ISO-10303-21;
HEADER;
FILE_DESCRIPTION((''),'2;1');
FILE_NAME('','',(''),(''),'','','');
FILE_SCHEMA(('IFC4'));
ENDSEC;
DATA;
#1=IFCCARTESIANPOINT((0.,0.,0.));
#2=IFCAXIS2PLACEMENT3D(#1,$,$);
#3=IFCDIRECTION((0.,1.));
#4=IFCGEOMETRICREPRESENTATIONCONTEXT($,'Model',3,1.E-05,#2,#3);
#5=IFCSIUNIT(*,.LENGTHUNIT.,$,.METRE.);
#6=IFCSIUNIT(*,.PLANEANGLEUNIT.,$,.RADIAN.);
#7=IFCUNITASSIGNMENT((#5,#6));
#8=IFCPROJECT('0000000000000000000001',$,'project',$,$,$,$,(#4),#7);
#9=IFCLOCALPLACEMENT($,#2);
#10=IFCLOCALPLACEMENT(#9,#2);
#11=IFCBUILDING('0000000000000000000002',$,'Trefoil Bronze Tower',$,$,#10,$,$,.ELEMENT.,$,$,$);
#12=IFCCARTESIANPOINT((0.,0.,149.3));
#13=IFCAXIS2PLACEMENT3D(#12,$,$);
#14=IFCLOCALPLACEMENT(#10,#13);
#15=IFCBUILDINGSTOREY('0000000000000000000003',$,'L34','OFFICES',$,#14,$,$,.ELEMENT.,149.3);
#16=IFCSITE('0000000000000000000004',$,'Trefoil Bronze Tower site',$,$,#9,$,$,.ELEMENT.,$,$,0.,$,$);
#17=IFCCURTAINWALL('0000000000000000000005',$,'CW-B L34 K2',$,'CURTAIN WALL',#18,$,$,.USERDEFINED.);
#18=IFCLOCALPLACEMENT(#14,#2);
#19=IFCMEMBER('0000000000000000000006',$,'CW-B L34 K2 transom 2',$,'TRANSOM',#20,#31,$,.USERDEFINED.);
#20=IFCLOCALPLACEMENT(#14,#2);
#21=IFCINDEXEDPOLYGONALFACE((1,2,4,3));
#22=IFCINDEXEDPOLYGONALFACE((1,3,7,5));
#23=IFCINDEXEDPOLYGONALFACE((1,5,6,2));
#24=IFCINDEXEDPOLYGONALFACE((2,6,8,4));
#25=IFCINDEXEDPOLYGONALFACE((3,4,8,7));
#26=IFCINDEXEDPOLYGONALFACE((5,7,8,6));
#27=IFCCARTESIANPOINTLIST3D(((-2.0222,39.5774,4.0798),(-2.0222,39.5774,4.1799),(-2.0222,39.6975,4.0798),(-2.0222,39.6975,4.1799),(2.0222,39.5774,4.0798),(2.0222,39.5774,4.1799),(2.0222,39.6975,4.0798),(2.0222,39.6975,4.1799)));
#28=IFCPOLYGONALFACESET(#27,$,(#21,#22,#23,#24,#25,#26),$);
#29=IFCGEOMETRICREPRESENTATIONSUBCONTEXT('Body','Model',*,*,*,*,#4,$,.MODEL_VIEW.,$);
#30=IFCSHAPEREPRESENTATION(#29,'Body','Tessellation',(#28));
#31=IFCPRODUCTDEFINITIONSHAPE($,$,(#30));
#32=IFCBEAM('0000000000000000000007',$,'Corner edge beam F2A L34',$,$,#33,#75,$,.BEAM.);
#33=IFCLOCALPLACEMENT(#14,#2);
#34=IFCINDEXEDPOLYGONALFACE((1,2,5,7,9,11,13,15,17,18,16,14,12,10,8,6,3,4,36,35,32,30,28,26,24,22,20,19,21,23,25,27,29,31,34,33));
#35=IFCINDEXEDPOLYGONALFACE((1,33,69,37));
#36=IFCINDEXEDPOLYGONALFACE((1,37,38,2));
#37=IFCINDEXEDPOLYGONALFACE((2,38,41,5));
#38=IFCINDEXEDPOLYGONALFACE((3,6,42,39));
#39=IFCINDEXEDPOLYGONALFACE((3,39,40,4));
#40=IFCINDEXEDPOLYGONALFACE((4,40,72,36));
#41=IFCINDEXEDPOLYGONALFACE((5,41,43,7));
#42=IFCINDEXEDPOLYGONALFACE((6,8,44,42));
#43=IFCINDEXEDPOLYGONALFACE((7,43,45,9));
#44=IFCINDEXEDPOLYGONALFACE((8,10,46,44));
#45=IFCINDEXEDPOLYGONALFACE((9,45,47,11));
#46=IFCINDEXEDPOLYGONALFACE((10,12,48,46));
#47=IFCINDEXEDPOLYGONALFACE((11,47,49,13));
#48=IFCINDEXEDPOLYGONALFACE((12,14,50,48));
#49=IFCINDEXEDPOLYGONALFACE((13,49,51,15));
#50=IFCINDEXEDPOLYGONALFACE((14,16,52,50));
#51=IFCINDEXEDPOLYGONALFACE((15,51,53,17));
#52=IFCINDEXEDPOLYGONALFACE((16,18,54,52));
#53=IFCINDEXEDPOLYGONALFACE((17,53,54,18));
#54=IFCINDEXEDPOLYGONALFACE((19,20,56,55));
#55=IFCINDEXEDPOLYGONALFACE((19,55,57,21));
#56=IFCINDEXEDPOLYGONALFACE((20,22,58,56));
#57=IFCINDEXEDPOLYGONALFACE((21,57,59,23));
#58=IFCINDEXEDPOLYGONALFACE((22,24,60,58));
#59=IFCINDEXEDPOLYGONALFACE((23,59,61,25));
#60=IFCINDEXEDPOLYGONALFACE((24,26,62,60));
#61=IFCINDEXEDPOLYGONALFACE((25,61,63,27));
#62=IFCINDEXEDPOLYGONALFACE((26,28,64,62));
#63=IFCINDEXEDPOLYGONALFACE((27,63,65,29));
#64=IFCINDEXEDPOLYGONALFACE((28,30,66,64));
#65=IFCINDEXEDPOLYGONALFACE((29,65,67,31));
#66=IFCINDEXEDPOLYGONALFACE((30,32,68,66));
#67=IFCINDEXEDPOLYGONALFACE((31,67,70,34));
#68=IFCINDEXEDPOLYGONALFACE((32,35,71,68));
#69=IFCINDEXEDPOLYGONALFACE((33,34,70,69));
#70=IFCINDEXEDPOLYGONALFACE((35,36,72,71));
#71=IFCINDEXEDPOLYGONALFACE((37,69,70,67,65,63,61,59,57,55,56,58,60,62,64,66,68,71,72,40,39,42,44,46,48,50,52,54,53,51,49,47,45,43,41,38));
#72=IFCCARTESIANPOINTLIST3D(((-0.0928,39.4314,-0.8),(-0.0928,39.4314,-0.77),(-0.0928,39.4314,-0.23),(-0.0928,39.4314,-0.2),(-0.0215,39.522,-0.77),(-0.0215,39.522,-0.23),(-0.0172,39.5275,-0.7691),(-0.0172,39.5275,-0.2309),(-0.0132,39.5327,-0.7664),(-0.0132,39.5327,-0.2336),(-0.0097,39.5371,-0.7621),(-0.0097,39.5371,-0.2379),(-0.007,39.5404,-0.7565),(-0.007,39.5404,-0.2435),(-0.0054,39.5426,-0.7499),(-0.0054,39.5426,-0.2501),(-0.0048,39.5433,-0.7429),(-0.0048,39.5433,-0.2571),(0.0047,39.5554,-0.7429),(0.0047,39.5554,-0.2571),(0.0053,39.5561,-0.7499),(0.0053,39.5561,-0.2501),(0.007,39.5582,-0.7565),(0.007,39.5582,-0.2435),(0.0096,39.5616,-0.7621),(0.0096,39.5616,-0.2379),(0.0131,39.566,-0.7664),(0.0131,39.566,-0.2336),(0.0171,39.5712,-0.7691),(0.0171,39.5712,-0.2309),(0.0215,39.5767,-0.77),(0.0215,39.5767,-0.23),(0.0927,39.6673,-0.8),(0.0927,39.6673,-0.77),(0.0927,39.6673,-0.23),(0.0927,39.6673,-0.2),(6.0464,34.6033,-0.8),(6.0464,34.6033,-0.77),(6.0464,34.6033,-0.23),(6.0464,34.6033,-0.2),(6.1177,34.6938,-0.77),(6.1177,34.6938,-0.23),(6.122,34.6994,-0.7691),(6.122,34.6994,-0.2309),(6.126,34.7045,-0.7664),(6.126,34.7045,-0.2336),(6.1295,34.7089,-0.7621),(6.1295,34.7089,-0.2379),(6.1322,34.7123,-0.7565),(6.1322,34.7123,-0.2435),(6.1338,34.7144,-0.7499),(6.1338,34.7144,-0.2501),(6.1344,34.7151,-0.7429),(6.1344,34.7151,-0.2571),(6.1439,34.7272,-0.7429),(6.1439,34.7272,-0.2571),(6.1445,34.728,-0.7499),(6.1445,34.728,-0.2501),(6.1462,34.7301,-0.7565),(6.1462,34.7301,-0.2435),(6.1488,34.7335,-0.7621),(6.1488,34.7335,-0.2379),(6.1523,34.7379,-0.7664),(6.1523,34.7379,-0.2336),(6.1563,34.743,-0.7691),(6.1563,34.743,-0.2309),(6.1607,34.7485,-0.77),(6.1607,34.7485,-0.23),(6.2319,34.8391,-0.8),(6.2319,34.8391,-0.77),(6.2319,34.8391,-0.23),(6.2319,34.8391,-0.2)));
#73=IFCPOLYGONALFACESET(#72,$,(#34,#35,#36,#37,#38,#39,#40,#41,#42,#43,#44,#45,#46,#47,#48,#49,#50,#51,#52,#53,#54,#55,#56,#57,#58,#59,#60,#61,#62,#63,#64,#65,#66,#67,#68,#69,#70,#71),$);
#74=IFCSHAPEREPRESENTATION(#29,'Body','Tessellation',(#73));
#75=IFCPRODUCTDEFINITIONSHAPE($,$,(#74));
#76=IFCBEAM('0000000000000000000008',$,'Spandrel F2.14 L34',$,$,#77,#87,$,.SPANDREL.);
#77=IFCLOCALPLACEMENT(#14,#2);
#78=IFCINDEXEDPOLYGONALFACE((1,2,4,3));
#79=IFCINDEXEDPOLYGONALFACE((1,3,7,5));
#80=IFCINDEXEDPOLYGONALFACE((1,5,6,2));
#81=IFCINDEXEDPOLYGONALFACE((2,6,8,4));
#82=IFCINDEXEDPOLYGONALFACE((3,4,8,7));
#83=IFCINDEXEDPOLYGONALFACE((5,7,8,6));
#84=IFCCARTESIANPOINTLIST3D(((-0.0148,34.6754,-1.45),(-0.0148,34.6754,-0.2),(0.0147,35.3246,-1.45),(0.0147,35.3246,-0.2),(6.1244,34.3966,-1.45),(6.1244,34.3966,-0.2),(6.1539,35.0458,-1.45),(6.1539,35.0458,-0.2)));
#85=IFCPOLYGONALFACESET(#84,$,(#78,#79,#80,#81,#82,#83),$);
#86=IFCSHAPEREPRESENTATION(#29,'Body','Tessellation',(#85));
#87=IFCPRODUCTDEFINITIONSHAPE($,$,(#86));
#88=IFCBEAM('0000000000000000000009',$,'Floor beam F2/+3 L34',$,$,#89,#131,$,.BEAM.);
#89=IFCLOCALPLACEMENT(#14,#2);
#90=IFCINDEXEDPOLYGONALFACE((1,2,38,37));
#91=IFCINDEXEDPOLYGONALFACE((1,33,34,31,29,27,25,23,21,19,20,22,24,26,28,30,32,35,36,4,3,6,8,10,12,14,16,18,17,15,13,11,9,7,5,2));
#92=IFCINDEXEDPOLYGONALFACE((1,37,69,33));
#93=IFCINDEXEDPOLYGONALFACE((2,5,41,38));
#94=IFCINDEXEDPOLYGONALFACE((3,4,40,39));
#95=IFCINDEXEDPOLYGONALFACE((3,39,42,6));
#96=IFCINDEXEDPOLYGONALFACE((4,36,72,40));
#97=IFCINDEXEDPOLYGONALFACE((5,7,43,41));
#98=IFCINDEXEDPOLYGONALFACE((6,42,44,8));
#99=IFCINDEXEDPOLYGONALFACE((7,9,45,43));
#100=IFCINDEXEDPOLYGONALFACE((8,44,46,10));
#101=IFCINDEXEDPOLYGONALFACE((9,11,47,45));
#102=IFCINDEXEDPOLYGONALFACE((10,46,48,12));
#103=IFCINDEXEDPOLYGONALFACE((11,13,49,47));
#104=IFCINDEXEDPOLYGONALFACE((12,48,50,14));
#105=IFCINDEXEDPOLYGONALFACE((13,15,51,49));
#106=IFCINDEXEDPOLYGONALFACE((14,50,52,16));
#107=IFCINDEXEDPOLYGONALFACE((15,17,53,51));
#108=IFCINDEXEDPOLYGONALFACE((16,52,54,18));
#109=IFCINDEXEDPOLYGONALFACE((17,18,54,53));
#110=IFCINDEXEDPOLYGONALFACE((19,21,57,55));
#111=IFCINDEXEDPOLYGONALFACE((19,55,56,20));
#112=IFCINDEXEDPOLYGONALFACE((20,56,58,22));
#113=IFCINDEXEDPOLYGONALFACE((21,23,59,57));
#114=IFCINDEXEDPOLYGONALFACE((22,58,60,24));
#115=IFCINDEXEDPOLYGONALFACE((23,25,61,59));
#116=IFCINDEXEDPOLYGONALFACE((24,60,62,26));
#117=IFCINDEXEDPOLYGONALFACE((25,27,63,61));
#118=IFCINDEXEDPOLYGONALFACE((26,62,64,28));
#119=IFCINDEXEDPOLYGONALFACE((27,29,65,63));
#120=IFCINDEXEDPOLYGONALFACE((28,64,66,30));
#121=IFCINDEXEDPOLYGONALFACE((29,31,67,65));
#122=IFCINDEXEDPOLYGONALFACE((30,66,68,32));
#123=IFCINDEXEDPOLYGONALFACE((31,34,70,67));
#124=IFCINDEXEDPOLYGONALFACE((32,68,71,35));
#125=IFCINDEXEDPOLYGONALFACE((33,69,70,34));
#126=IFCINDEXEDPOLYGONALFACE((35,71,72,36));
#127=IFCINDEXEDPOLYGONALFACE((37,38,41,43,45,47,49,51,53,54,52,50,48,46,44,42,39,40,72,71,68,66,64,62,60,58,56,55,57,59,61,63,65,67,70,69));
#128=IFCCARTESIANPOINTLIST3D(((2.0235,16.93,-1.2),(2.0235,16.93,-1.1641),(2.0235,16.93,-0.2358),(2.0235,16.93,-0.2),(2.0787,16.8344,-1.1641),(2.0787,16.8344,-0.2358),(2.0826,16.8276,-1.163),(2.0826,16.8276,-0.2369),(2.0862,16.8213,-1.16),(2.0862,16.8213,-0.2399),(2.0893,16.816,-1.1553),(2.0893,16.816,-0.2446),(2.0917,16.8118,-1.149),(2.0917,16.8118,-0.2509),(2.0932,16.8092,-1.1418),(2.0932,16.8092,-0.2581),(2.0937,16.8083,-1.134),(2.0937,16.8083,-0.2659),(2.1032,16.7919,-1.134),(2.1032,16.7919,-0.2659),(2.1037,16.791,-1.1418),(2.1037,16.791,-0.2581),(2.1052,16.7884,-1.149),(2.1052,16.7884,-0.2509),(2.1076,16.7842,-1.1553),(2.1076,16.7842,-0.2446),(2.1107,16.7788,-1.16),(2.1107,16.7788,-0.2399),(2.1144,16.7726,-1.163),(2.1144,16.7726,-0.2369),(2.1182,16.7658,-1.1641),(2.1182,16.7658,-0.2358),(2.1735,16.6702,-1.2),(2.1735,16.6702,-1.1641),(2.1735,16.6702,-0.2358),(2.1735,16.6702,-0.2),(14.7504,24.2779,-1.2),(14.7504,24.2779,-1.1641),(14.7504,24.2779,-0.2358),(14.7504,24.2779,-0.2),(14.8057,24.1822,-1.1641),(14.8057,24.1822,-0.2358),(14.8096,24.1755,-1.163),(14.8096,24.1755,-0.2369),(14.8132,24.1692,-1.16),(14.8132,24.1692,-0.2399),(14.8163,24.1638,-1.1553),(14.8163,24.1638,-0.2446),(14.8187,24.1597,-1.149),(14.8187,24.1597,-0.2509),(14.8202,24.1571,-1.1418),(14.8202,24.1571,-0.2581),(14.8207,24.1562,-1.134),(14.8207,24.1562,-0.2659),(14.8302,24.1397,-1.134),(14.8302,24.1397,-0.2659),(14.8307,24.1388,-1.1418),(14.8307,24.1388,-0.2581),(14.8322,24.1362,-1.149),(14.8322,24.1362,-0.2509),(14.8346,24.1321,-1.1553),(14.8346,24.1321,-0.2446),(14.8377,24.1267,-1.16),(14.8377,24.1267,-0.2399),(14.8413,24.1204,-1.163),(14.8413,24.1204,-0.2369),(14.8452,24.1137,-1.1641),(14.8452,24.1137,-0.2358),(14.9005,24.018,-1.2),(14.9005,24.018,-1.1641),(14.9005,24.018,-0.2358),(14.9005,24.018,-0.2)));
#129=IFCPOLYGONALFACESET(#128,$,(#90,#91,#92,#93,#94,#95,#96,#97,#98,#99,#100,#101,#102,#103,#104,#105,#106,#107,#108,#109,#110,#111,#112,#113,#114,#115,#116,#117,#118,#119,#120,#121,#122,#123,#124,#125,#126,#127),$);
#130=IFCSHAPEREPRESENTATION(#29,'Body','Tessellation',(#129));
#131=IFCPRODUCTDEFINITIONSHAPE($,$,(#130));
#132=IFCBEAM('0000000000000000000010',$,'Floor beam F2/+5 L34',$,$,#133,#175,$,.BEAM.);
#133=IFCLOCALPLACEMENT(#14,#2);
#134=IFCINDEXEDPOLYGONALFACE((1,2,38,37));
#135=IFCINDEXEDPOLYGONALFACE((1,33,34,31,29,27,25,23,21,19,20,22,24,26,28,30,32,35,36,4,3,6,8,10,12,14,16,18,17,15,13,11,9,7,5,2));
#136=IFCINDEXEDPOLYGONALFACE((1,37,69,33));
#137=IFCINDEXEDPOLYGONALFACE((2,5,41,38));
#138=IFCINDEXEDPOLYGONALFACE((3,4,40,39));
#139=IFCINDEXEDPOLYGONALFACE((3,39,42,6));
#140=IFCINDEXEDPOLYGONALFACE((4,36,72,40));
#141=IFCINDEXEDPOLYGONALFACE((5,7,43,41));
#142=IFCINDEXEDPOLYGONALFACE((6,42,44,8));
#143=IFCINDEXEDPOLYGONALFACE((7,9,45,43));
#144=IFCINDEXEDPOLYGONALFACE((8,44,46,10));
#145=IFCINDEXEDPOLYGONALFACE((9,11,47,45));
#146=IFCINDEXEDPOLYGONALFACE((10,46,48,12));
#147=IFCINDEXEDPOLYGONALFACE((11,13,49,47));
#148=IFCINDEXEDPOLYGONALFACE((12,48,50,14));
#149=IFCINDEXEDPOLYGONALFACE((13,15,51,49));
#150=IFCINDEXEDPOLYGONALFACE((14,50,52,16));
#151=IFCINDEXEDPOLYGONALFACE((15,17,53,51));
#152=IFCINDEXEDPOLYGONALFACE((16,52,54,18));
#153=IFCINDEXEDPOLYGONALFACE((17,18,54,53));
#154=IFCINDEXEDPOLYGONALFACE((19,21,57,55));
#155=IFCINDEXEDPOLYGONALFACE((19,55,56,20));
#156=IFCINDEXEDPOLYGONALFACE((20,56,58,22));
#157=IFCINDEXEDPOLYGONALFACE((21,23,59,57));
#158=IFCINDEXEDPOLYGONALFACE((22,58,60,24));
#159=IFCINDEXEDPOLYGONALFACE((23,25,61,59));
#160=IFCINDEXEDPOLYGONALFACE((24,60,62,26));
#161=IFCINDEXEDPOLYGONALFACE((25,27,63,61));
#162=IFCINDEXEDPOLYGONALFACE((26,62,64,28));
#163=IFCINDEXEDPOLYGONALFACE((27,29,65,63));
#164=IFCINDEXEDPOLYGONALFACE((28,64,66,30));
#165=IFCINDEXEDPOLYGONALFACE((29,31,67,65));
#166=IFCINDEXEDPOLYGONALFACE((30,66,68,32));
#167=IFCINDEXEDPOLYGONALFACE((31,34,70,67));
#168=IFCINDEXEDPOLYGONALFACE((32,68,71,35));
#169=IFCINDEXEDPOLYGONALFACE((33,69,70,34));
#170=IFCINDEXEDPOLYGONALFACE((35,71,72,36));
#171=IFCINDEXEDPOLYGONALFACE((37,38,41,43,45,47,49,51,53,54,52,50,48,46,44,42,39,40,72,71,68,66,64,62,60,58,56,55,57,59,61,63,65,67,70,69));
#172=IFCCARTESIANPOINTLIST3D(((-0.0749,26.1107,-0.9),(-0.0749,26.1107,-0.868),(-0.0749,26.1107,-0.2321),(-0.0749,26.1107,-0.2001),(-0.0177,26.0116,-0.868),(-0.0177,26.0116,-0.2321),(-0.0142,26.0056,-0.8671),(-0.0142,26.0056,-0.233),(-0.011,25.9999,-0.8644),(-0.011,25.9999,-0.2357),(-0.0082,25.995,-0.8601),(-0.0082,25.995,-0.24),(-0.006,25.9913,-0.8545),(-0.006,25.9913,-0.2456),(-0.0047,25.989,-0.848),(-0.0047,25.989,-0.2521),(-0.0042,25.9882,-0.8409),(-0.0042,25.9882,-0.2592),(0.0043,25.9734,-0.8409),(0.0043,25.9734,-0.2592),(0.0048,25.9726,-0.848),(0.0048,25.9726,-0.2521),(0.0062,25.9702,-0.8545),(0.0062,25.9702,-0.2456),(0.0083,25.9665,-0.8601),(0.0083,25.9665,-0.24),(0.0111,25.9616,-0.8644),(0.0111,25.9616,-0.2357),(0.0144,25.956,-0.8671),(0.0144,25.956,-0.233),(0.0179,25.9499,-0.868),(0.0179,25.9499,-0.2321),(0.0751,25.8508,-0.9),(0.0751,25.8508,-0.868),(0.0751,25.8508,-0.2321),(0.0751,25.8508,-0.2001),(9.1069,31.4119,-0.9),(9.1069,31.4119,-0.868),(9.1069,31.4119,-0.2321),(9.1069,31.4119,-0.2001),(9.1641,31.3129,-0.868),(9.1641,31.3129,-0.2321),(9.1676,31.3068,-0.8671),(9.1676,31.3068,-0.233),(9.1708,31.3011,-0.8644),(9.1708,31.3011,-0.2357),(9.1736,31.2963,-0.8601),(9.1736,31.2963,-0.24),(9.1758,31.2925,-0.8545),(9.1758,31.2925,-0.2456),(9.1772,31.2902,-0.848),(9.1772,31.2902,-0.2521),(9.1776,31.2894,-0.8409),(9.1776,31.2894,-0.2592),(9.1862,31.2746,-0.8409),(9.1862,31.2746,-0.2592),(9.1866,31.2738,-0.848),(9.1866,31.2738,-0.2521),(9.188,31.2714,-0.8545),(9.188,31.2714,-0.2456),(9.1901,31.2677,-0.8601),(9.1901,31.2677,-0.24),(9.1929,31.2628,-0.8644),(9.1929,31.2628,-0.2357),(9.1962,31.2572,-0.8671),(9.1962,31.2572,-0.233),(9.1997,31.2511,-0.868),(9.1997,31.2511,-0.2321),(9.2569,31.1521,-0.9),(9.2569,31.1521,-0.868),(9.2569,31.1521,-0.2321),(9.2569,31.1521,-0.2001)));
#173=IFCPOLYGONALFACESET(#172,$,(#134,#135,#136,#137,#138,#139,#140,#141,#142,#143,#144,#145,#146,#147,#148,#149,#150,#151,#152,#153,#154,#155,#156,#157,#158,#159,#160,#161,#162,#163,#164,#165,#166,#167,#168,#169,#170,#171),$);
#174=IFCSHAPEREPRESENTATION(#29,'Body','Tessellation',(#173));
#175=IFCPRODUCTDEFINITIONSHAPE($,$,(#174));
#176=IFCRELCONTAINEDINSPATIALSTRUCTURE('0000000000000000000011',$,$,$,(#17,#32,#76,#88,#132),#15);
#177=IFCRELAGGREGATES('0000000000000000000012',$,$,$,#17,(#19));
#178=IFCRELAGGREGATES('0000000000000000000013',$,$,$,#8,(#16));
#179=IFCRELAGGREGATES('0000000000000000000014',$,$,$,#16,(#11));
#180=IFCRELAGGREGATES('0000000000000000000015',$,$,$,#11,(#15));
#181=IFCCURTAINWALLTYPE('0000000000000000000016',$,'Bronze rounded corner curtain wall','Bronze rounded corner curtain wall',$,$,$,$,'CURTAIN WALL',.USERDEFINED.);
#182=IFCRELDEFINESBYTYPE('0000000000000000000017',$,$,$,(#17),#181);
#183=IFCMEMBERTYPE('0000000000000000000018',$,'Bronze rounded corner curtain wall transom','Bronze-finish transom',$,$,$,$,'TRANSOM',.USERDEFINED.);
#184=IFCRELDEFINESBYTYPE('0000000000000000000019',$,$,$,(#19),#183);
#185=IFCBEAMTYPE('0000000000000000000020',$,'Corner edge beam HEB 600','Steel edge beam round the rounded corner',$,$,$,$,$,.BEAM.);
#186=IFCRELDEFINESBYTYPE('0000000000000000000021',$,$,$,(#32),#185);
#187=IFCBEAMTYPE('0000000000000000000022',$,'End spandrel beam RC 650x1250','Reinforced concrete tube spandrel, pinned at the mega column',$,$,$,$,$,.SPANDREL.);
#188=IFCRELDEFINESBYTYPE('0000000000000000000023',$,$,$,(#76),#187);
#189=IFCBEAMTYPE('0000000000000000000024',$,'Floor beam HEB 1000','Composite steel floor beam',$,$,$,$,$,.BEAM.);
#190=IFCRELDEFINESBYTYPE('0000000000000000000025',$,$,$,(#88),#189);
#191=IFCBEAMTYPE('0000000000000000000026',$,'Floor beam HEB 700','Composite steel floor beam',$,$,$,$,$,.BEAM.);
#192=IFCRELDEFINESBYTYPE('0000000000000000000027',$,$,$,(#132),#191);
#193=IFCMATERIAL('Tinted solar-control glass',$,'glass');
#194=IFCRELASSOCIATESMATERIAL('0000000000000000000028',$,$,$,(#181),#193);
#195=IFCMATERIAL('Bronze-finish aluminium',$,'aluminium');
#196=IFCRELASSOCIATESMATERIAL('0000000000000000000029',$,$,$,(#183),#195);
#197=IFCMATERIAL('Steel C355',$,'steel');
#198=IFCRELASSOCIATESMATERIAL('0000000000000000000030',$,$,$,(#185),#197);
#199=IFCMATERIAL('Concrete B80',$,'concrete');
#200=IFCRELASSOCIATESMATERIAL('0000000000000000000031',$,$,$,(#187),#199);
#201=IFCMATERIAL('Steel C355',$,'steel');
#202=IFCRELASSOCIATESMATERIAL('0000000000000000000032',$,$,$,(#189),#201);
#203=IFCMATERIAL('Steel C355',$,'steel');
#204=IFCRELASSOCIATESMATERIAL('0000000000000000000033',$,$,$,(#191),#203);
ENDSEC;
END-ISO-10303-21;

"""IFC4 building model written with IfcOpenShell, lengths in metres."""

from ifc_helpers import new_model, si_unit, direction, frame, origin, origin_2d, place, context, subcontext, project, spatial, rectangle, i_section, extrude, material, material_profile, profile_set, type_object, element, aggregate, save


model = new_model("IFC4")

# Units and contexts
model_context = context("Model", 3, precision=1e-05, world=origin(), true_north=direction((0.0, 1.0)))
body_context = subcontext(model_context, "Body", "Model", "MODEL_VIEW")
ifc_project = project(units=[si_unit("LENGTHUNIT", "METRE"), si_unit("PLANEANGLEUNIT", "RADIAN")], contexts=[model_context])

# Site, building, storey
site_placement = place(None, origin())
site = spatial("IfcSite", under=ifc_project, at=site_placement, Name="Trefoil Bronze Tower site", CompositionType="ELEMENT", RefElevation=0.0)
building_placement = place(site_placement, origin())
building = spatial("IfcBuilding", under=site, at=building_placement, Name="Trefoil Bronze Tower", CompositionType="ELEMENT")
storey_placement = place(building_placement, frame((0.0, 0.0, 149.3)))
storey = spatial("IfcBuildingStorey", under=building, at=storey_placement, Name="L34", Description="OFFICES", CompositionType="ELEMENT", Elevation=149.3)

# Curtain wall, member
ifc_material_1 = material(Name="Tinted solar-control glass", Category="glass")
curtain_wall_type_1 = type_object("IfcCurtainWallType", Name="Bronze rounded corner curtain wall", Description="Bronze rounded corner curtain wall", ElementType="CURTAIN WALL", PredefinedType="USERDEFINED", material=ifc_material_1)
curtain_wall_1_placement = place(storey_placement, origin())
curtain_wall_1 = element("IfcCurtainWall", 1, at=curtain_wall_1_placement, inside=storey, type_object=curtain_wall_type_1, Name="CW-B L34 K2", ObjectType="CURTAIN WALL", PredefinedType="USERDEFINED")
ifc_material_2 = material(Name="Bronze-finish aluminium", Category="aluminium")
ifc_material_profile_1 = material_profile(ifc_material_2, rectangle(XDim=0.1201, YDim=0.1001, at=origin_2d()), Name="CW-B transom")
ifc_profile_set_1 = profile_set([ifc_material_profile_1], Name="Bronze-finish aluminium")
member_type_1 = type_object("IfcMemberType", Name="Bronze rounded corner curtain wall transom", Description="Bronze-finish transom", ElementType="TRANSOM", PredefinedType="USERDEFINED", material=ifc_profile_set_1)
member_1_placement = place(storey_placement, frame((2.0222, 39.6375, 4.1299), z_axis=(-1.0, 0.0, 0.0), x_axis=(0.0, -1.0, 0.0)))
member_1 = element("IfcMember", 2, at=member_1_placement, type_object=member_type_1, Name="CW-B L34 K2 transom 2", ObjectType="TRANSOM", PredefinedType="USERDEFINED", context=body_context, shape_type="SweptSolid", body=[
    extrude(rectangle(XDim=0.1201, YDim=0.1001, at=origin_2d()), origin(), (0.0, 0.0, 1.0), 4.0444),
])

# Beams
ifc_material_3 = material(Name="Steel C355", Category="steel")
ifc_material_profile_2 = material_profile(ifc_material_3, i_section(OverallWidth=0.3, OverallDepth=0.6001, WebThickness=0.0154, FlangeThickness=0.03, FilletRadius=0.0271, at=origin_2d()), Name="HEB 600")
ifc_profile_set_2 = profile_set([ifc_material_profile_2], Name="Steel C355")
beam_type_1 = type_object("IfcBeamType", Name="Corner edge beam HEB 600", Description="Steel edge beam round the rounded corner", PredefinedType="BEAM", material=ifc_profile_set_2)
beam_1_placement = place(storey_placement, frame((6.1392, 34.7212, -0.5), z_axis=(-0.786038, 0.618178, 0.0), x_axis=(-0.618178, -0.786038, 0.0)))
element("IfcBeam", 3, at=beam_1_placement, inside=storey, type_object=beam_type_1, Name="Corner edge beam F2A L34", PredefinedType="BEAM", context=body_context, shape_type="SweptSolid", body=[
    extrude(i_section(OverallWidth=0.3, OverallDepth=0.6001, WebThickness=0.0154, FlangeThickness=0.03, FilletRadius=0.0271, at=origin_2d()), origin(), (0.0, 0.0, 1.0), 7.8103),
])
ifc_material_4 = material(Name="Concrete B80", Category="concrete")
ifc_material_profile_3 = material_profile(ifc_material_4, rectangle(XDim=0.6499, YDim=1.25, at=origin_2d()), Name="RC 650x1250")
ifc_profile_set_3 = profile_set([ifc_material_profile_3], Name="Concrete B80")
beam_type_2 = type_object("IfcBeamType", Name="End spandrel beam RC 650x1250", Description="Reinforced concrete tube spandrel, pinned at the mega column", PredefinedType="SPANDREL", material=ifc_profile_set_3)
beam_2_placement = place(storey_placement, frame((6.1392, 34.7212, -0.825), z_axis=(-0.99897, 0.045368, 0.0), x_axis=(-0.045368, -0.99897, 0.0)))
element("IfcBeam", 4, at=beam_2_placement, inside=storey, type_object=beam_type_2, Name="Spandrel F2.14 L34", PredefinedType="SPANDREL", context=body_context, shape_type="SweptSolid", body=[
    extrude(rectangle(XDim=0.6499, YDim=1.25, at=origin_2d()), origin(), (0.0, 0.0, 1.0), 6.1455),
])
ifc_material_5 = material(Name="Steel C355", Category="steel")
ifc_material_profile_4 = material_profile(ifc_material_5, i_section(OverallWidth=0.3, OverallDepth=1.0, WebThickness=0.019, FlangeThickness=0.0359, FilletRadius=0.03, at=origin_2d()), Name="HEB 1000")
ifc_profile_set_4 = profile_set([ifc_material_profile_4], Name="Steel C355")
beam_type_3 = type_object("IfcBeamType", Name="Floor beam HEB 1000", Description="Composite steel floor beam", PredefinedType="BEAM", material=ifc_profile_set_4)
beam_3_placement = place(storey_placement, frame((14.8254, 24.1479, -0.7), z_axis=(-0.866027, -0.499997, 0.0), x_axis=(0.499997, -0.866027, 0.0)))
element("IfcBeam", 5, at=beam_3_placement, inside=storey, type_object=beam_type_3, Name="Floor beam F2/+3 L34", PredefinedType="BEAM", context=body_context, shape_type="SweptSolid", body=[
    extrude(i_section(OverallWidth=0.3, OverallDepth=1.0, WebThickness=0.019, FlangeThickness=0.0359, FilletRadius=0.03, at=origin_2d()), origin(), (0.0, 0.0, 1.0), 14.6958),
])
ifc_material_6 = material(Name="Steel C355", Category="steel")
ifc_material_profile_5 = material_profile(ifc_material_6, i_section(OverallWidth=0.3, OverallDepth=0.7, WebThickness=0.0171, FlangeThickness=0.032, FilletRadius=0.0271, at=origin_2d()), Name="HEB 700")
ifc_profile_set_5 = profile_set([ifc_material_profile_5], Name="Steel C355")
beam_type_4 = type_object("IfcBeamType", Name="Floor beam HEB 700", Description="Composite steel floor beam", PredefinedType="BEAM", material=ifc_profile_set_5)
beam_4_placement = place(storey_placement, frame((9.1819, 31.282, -0.55), z_axis=(-0.866021, -0.500007, 0.0), x_axis=(0.500007, -0.866021, 0.0)))
element("IfcBeam", 6, at=beam_4_placement, inside=storey, type_object=beam_type_4, Name="Floor beam F2/+5 L34", PredefinedType="BEAM", context=body_context, shape_type="SweptSolid", body=[
    extrude(i_section(OverallWidth=0.3, OverallDepth=0.7, WebThickness=0.0171, FlangeThickness=0.032, FilletRadius=0.0271, at=origin_2d()), origin(), (0.0, 0.0, 1.0), 10.6023),
])

aggregate(curtain_wall_1, [member_1])

save(model, "model.ifc")
